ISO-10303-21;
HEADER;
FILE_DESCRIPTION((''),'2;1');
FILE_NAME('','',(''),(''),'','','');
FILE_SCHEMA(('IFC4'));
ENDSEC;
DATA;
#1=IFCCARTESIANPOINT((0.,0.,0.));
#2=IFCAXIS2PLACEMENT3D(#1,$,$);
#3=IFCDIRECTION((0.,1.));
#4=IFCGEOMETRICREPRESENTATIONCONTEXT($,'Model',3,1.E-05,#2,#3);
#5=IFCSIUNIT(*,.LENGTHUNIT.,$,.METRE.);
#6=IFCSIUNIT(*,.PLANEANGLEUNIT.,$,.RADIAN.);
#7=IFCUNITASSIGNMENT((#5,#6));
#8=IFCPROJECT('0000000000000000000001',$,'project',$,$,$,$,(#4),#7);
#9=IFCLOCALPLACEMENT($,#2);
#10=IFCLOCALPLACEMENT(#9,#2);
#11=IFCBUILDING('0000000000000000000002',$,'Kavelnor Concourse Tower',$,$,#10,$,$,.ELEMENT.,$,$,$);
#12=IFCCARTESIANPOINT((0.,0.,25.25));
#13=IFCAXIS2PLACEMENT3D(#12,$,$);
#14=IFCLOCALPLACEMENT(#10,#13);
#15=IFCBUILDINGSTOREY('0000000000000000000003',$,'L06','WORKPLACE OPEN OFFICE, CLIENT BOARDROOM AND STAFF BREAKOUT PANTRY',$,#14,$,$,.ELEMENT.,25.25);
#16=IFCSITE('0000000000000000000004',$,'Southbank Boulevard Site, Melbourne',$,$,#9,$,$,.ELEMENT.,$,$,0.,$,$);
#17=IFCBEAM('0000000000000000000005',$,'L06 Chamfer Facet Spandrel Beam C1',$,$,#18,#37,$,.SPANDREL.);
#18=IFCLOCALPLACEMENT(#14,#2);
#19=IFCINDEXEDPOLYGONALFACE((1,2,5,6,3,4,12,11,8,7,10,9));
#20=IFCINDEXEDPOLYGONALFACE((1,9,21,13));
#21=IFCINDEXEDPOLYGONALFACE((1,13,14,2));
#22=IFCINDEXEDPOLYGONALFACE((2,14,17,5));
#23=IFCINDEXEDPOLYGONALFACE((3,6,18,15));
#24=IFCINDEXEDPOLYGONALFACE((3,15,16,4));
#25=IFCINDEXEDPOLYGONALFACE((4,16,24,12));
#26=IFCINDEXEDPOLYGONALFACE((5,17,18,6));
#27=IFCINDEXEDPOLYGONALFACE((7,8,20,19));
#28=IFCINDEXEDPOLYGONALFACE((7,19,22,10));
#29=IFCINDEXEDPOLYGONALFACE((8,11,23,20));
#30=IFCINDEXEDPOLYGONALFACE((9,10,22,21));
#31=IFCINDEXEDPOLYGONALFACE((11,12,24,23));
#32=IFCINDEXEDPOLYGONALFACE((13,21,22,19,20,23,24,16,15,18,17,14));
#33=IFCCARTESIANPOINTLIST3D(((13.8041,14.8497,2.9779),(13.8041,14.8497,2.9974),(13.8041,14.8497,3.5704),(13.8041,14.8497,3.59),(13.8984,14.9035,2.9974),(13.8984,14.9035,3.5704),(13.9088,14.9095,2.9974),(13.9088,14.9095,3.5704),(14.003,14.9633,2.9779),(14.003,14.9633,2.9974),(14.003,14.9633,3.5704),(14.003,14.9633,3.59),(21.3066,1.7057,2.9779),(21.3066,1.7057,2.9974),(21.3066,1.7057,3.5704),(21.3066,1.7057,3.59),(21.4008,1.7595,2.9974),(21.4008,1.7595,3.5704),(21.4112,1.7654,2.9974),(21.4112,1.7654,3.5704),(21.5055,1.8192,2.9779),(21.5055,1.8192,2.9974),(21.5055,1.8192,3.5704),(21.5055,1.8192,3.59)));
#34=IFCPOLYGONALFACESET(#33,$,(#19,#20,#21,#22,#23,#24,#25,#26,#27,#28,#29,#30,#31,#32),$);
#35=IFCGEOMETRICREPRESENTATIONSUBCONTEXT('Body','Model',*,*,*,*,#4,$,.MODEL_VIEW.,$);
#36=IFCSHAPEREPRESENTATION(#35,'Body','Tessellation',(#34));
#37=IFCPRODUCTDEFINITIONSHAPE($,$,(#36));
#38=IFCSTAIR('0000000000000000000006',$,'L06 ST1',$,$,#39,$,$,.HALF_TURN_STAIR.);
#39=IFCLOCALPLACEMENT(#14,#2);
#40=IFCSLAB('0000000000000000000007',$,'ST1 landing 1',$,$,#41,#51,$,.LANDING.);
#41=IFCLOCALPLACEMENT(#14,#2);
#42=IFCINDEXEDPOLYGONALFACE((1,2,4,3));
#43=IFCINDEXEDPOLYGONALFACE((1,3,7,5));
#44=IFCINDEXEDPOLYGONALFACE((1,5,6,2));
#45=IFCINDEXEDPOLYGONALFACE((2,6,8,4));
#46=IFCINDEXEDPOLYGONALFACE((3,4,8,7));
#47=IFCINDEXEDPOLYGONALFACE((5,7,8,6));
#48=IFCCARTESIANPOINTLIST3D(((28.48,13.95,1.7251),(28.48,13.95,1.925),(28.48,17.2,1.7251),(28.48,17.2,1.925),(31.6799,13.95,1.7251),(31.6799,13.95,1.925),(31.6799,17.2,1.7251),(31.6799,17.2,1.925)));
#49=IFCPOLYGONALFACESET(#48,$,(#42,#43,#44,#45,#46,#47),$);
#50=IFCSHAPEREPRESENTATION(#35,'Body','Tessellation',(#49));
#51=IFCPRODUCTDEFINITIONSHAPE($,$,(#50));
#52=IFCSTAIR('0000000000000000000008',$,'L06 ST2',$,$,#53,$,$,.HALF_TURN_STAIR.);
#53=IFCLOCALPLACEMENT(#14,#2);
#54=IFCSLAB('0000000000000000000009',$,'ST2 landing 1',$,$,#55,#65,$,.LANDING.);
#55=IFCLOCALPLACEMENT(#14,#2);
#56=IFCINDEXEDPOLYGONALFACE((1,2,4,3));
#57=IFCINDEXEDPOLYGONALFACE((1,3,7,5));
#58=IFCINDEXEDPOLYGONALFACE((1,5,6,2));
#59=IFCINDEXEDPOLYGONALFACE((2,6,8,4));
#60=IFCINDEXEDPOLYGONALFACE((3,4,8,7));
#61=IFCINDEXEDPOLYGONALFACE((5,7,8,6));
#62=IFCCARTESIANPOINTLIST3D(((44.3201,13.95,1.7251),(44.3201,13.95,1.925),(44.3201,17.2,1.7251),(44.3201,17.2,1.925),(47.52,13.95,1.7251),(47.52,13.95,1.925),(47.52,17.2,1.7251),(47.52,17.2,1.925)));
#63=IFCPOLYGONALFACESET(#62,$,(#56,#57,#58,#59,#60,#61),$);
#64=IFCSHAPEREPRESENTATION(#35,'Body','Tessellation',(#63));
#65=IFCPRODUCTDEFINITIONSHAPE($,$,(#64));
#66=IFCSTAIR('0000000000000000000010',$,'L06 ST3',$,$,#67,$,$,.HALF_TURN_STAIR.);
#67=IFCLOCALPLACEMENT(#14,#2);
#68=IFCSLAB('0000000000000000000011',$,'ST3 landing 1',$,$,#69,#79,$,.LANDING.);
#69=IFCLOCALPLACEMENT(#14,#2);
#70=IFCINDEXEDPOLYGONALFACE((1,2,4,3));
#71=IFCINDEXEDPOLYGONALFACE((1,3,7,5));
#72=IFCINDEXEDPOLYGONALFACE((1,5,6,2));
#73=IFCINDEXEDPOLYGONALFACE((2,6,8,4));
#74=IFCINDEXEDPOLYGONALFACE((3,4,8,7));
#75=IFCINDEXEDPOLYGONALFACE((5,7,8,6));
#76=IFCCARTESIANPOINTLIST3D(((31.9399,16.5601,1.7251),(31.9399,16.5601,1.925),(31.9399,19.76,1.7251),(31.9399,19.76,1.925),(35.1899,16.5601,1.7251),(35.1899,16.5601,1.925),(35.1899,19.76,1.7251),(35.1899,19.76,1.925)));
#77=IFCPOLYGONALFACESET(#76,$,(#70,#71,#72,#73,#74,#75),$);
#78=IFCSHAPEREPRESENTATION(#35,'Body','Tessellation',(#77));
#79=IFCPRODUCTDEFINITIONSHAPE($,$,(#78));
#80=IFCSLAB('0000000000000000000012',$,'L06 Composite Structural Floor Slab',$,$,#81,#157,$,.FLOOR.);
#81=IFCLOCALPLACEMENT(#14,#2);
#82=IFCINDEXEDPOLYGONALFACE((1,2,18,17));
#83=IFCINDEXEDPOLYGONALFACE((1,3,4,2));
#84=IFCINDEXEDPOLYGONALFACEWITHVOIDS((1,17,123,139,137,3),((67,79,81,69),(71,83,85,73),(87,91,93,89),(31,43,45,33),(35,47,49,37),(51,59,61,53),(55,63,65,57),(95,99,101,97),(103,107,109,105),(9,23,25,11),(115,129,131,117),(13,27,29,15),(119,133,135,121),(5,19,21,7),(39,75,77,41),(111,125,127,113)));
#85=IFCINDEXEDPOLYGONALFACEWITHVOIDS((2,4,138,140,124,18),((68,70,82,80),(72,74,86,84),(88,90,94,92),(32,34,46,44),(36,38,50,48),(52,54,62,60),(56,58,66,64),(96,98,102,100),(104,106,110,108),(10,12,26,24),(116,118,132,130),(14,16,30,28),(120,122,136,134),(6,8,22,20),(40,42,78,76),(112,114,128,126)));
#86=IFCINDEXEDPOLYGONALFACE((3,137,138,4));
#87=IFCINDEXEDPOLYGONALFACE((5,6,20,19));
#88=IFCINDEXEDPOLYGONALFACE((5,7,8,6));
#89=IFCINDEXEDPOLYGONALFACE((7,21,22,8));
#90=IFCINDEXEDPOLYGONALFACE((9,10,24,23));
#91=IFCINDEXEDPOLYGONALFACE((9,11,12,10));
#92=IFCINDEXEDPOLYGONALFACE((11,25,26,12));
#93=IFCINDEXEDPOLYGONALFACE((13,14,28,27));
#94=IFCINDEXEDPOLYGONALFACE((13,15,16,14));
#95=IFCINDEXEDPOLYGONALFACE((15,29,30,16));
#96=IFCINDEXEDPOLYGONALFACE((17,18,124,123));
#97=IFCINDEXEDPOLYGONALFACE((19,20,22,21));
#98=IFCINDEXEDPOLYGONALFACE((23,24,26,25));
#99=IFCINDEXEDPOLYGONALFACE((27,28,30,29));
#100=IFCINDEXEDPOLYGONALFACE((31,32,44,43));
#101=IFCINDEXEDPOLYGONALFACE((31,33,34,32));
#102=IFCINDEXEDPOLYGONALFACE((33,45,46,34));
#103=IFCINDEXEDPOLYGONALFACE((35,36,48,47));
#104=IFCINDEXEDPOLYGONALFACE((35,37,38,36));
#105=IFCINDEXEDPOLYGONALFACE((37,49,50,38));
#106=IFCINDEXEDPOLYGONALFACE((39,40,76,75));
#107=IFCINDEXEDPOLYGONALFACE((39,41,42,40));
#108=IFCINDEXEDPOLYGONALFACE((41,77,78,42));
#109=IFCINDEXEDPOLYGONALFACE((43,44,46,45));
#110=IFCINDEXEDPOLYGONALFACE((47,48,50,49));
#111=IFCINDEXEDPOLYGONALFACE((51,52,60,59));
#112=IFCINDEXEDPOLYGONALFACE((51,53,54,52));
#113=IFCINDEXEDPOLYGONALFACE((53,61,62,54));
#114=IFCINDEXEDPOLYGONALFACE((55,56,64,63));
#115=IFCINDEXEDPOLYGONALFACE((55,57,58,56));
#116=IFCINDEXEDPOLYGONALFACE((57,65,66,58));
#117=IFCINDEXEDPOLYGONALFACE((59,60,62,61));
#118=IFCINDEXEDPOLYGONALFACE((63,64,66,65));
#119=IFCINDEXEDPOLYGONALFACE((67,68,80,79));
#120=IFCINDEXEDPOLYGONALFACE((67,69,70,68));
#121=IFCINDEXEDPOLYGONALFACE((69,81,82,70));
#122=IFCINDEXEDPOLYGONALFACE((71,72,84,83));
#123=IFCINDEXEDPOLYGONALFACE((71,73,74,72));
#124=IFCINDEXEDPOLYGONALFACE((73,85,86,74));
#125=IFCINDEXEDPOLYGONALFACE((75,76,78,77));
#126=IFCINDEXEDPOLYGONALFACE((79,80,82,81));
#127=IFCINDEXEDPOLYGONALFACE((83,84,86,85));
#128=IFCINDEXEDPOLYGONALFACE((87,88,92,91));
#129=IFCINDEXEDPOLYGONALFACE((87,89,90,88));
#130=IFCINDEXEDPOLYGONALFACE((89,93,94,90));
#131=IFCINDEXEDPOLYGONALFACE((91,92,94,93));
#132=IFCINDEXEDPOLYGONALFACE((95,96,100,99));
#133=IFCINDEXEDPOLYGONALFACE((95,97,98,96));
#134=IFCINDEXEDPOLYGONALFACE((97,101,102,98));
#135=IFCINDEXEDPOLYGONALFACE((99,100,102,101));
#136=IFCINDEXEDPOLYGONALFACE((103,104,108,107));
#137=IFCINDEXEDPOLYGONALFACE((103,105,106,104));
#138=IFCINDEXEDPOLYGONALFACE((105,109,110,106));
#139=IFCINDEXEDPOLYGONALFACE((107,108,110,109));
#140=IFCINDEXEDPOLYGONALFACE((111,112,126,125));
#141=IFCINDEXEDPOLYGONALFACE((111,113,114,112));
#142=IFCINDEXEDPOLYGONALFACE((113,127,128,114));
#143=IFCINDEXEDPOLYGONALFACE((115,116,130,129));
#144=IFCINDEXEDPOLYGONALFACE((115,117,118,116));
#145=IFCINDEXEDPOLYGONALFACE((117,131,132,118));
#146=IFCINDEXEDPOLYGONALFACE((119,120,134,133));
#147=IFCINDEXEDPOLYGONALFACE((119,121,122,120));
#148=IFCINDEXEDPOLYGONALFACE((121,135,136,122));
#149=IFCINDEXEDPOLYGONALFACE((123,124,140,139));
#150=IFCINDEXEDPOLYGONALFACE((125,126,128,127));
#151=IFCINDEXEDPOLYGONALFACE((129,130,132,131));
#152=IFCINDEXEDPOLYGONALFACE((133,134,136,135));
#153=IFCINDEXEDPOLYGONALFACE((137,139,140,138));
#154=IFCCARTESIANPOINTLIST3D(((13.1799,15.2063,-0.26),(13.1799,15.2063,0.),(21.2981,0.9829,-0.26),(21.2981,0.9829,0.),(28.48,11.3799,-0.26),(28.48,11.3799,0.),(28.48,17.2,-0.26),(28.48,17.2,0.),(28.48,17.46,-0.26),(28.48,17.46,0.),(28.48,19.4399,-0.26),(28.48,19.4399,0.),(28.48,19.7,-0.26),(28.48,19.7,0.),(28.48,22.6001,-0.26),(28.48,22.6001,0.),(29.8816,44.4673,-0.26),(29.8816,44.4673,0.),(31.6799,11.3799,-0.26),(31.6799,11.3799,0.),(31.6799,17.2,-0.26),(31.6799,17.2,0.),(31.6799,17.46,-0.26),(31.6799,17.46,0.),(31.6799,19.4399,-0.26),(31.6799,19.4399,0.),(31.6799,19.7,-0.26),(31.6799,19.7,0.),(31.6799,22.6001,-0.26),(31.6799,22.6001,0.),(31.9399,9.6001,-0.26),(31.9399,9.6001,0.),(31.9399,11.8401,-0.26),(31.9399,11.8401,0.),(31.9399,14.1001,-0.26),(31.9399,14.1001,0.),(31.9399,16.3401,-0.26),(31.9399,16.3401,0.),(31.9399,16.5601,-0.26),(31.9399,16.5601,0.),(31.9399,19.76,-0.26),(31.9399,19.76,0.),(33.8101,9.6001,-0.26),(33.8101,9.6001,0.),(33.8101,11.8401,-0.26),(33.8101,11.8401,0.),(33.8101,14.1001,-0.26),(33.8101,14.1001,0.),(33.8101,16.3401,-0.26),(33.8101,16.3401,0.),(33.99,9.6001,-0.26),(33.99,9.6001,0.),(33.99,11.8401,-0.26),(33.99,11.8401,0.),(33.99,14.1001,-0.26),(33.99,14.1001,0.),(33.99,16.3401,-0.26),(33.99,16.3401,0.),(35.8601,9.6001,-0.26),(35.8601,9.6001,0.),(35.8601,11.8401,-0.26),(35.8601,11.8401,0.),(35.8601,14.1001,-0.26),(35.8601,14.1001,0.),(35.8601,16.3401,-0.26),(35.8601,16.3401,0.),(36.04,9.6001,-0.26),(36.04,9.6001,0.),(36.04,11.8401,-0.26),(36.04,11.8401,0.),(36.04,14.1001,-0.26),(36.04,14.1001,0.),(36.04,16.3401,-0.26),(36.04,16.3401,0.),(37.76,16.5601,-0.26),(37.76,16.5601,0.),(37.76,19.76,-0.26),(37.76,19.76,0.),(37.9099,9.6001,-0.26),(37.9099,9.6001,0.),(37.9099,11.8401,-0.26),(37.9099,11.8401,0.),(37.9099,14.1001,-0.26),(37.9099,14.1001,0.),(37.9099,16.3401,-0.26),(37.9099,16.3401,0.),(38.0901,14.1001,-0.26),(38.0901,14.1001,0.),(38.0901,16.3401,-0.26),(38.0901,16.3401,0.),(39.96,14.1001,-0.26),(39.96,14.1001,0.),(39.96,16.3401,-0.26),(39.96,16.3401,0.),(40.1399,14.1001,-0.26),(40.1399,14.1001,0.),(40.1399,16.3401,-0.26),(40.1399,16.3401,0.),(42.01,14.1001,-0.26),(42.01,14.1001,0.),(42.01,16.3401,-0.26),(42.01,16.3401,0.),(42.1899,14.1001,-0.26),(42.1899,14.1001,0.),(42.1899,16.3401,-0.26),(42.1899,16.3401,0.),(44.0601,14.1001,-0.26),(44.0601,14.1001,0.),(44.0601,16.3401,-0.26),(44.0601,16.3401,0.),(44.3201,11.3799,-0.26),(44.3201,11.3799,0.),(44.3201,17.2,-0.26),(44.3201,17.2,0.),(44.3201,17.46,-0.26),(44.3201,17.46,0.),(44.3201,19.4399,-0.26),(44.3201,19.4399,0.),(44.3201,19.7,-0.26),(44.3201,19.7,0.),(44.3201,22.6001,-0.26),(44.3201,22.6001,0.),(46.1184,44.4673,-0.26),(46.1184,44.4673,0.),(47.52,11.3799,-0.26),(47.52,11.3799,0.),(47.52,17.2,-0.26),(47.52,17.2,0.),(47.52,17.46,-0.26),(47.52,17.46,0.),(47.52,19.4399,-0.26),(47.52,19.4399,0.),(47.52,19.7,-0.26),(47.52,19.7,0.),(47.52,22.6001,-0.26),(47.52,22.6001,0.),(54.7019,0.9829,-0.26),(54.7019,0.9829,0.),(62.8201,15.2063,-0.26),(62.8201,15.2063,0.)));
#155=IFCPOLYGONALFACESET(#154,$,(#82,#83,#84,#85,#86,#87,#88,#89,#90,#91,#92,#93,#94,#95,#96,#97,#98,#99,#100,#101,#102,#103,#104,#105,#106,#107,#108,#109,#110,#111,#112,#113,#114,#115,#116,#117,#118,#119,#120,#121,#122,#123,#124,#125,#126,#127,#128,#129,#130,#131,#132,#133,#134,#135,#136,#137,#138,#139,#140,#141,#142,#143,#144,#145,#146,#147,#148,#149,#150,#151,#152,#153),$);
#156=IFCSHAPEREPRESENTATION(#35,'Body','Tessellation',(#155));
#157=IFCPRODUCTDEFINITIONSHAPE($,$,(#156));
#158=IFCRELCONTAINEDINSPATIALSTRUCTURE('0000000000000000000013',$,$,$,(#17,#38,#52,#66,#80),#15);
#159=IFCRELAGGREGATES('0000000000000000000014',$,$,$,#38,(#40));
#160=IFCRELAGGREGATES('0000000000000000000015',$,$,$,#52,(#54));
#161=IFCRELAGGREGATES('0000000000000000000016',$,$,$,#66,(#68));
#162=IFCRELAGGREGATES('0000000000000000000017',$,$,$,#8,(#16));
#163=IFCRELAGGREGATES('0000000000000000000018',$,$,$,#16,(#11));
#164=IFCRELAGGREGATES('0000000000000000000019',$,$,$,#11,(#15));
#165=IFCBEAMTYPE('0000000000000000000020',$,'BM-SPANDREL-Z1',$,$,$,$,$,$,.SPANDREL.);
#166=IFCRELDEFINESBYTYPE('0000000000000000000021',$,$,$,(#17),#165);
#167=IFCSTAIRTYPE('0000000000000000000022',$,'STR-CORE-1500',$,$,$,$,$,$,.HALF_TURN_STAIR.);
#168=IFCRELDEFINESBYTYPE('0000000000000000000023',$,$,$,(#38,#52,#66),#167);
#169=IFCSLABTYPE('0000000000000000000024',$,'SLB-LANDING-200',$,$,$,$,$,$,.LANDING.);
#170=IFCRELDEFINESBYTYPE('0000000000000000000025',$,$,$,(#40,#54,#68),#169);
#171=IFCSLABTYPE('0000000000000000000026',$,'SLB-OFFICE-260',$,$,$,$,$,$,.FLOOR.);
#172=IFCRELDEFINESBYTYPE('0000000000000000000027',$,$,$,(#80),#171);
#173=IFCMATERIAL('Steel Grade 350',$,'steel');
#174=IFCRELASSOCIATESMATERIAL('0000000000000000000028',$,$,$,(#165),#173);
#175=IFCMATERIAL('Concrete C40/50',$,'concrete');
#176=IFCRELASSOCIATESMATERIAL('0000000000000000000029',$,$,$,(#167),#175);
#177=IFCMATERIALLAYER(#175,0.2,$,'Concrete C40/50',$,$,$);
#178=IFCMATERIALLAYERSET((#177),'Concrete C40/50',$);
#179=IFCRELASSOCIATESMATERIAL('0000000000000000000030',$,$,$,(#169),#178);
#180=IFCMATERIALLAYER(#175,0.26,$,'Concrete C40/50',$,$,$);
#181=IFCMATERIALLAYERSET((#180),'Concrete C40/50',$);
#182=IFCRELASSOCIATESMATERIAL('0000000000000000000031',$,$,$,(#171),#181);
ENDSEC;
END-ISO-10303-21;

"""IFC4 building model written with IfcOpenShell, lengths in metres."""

from ifc_helpers import new_model, si_unit, direction, frame, origin, origin_2d, place, context, subcontext, project, spatial, polyline, i_section, outline, extrude, material, layer, layer_set, material_profile, profile_set, type_object, element, aggregate, save


model = new_model("IFC4")

# Units and contexts
model_context = context("Model", 3, precision=1e-05, world=origin(), true_north=direction((0.0, 1.0)))
body_context = subcontext(model_context, "Body", "Model", "MODEL_VIEW")
ifc_project = project(units=[si_unit("LENGTHUNIT", "METRE"), si_unit("PLANEANGLEUNIT", "RADIAN")], contexts=[model_context])

# Site, building, storey
site_placement = place(None, origin())
site = spatial("IfcSite", under=ifc_project, at=site_placement, Name="Southbank Boulevard Site, Melbourne", CompositionType="ELEMENT", RefElevation=0.0)
building_placement = place(site_placement, origin())
building = spatial("IfcBuilding", under=site, at=building_placement, Name="Kavelnor Concourse Tower", CompositionType="ELEMENT")
storey_placement = place(building_placement, frame((0.0, 0.0, 25.25)))
storey = spatial("IfcBuildingStorey", under=building, at=storey_placement, Name="L06", Description="WORKPLACE OPEN OFFICE, CLIENT BOARDROOM AND STAFF BREAKOUT PANTRY", CompositionType="ELEMENT", Elevation=25.25)

# Beam
ifc_material_1 = material(Name="Steel Grade 350", Category="steel")
ifc_material_profile = material_profile(ifc_material_1, i_section(OverallWidth=0.229, OverallDepth=0.6121, WebThickness=0.012, FlangeThickness=0.0195, at=origin_2d()), Name="610UB125")
ifc_profile_set = profile_set([ifc_material_profile], Name="Steel Grade 350")
beam_type = type_object("IfcBeamType", Name="BM-SPANDREL-Z1", PredefinedType="SPANDREL", material=ifc_profile_set)
beam_placement = place(storey_placement, frame((13.9036, 14.9065, 3.2839), z_axis=(0.495718, -0.868483, 0.0), x_axis=(0.868483, 0.495718, 0.0)))
element("IfcBeam", 1, at=beam_placement, inside=storey, type_object=beam_type, Name="L06 Chamfer Facet Spandrel Beam C1", PredefinedType="SPANDREL", context=body_context, shape_type="SweptSolid", body=[
    extrude(i_section(OverallWidth=0.229, OverallDepth=0.6121, WebThickness=0.012, FlangeThickness=0.0195, at=origin_2d()), origin(), (0.0, 0.0, 1.0), 15.1345),
])

# Stairs, slabs
ifc_material_2 = material(Name="Concrete C40/50", Category="concrete")
stair_type = type_object("IfcStairType", Name="STR-CORE-1500", PredefinedType="HALF_TURN_STAIR", material=ifc_material_2)
stair_1_placement = place(storey_placement, origin())
stair_1 = element("IfcStair", 2, at=stair_1_placement, inside=storey, type_object=stair_type, Name="L06 ST1", PredefinedType="HALF_TURN_STAIR")
ifc_layer_1 = layer(ifc_material_2, 0.2, Name="Concrete C40/50")
ifc_layer_set_1 = layer_set([ifc_layer_1], Name="Concrete C40/50")
slab_type_1 = type_object("IfcSlabType", Name="SLB-LANDING-200", PredefinedType="LANDING", material=ifc_layer_set_1)
slab_1_placement = place(storey_placement, frame((0.0, 0.0, 1.7251)))
slab_1 = element("IfcSlab", 3, at=slab_1_placement, type_object=slab_type_1, Name="ST1 landing 1", PredefinedType="LANDING", context=body_context, shape_type="SweptSolid", body=[
    extrude(outline(polyline([(31.6799, 13.95), (31.6799, 17.2), (28.48, 17.2), (28.48, 13.95), (31.6799, 13.95)])), origin(), (0.0, 0.0, 1.0), 0.2),
])
aggregate(stair_1, [slab_1])
stair_2_placement = place(storey_placement, origin())
stair_2 = element("IfcStair", 4, at=stair_2_placement, inside=storey, type_object=stair_type, Name="L06 ST2", PredefinedType="HALF_TURN_STAIR")
slab_2_placement = place(storey_placement, frame((0.0, 0.0, 1.7251)))
slab_2 = element("IfcSlab", 5, at=slab_2_placement, type_object=slab_type_1, Name="ST2 landing 1", PredefinedType="LANDING", context=body_context, shape_type="SweptSolid", body=[
    extrude(outline(polyline([(47.52, 13.95), (47.52, 17.2), (44.3201, 17.2), (44.3201, 13.95), (47.52, 13.95)])), origin(), (0.0, 0.0, 1.0), 0.2),
])
aggregate(stair_2, [slab_2])
stair_3_placement = place(storey_placement, origin())
stair_3 = element("IfcStair", 6, at=stair_3_placement, inside=storey, type_object=stair_type, Name="L06 ST3", PredefinedType="HALF_TURN_STAIR")
slab_3_placement = place(storey_placement, frame((0.0, 0.0, 1.7251)))
slab_3 = element("IfcSlab", 7, at=slab_3_placement, type_object=slab_type_1, Name="ST3 landing 1", PredefinedType="LANDING", context=body_context, shape_type="SweptSolid", body=[
    extrude(outline(polyline([(35.1899, 19.76), (31.9399, 19.76), (31.9399, 16.5601), (35.1899, 16.5601), (35.1899, 19.76)])), origin(), (0.0, 0.0, 1.0), 0.2),
])
aggregate(stair_3, [slab_3])

# Slab
ifc_layer_2 = layer(ifc_material_2, 0.26, Name="Concrete C40/50")
ifc_layer_set_2 = layer_set([ifc_layer_2], Name="Concrete C40/50")
slab_type_2 = type_object("IfcSlabType", Name="SLB-OFFICE-260", PredefinedType="FLOOR", material=ifc_layer_set_2)
slab_4_placement = place(storey_placement, frame((0.0, 0.0, -0.26)))
element("IfcSlab", 8, at=slab_4_placement, inside=storey, type_object=slab_type_2, Name="L06 Composite Structural Floor Slab", PredefinedType="FLOOR", context=body_context, shape_type="SweptSolid", body=[
    extrude(outline(polyline([(46.1184, 44.4673), (29.8816, 44.4673), (13.1799, 15.2063), (21.2981, 0.9829), (54.7019, 0.9829), (62.8201, 15.2063), (46.1184, 44.4673)]), holes=[polyline([(28.48, 11.3799), (31.6799, 11.3799), (31.6799, 17.2), (28.48, 17.2), (28.48, 11.3799)]), polyline([(44.3201, 11.3799), (47.52, 11.3799), (47.52, 17.2), (44.3201, 17.2), (44.3201, 11.3799)]), polyline([(31.9399, 16.5601), (37.76, 16.5601), (37.76, 19.76), (31.9399, 19.76), (31.9399, 16.5601)]), polyline([(28.48, 19.7), (31.6799, 19.7), (31.6799, 22.6001), (28.48, 22.6001), (28.48, 19.7)]), polyline([(44.3201, 19.7), (47.52, 19.7), (47.52, 22.6001), (44.3201, 22.6001), (44.3201, 19.7)]), polyline([(31.9399, 14.1001), (33.8101, 14.1001), (33.8101, 16.3401), (31.9399, 16.3401), (31.9399, 14.1001)]), polyline([(33.99, 14.1001), (35.8601, 14.1001), (35.8601, 16.3401), (33.99, 16.3401), (33.99, 14.1001)]), polyline([(36.04, 14.1001), (37.9099, 14.1001), (37.9099, 16.3401), (36.04, 16.3401), (36.04, 14.1001)]), polyline([(38.0901, 14.1001), (39.96, 14.1001), (39.96, 16.3401), (38.0901, 16.3401), (38.0901, 14.1001)]), polyline([(40.1399, 14.1001), (42.01, 14.1001), (42.01, 16.3401), (40.1399, 16.3401), (40.1399, 14.1001)]), polyline([(42.1899, 14.1001), (44.0601, 14.1001), (44.0601, 16.3401), (42.1899, 16.3401), (42.1899, 14.1001)]), polyline([(31.9399, 9.6001), (33.8101, 9.6001), (33.8101, 11.8401), (31.9399, 11.8401), (31.9399, 9.6001)]), polyline([(33.99, 9.6001), (35.8601, 9.6001), (35.8601, 11.8401), (33.99, 11.8401), (33.99, 9.6001)]), polyline([(36.04, 9.6001), (37.9099, 9.6001), (37.9099, 11.8401), (36.04, 11.8401), (36.04, 9.6001)]), polyline([(28.48, 17.46), (31.6799, 17.46), (31.6799, 19.4399), (28.48, 19.4399), (28.48, 17.46)]), polyline([(44.3201, 17.46), (47.52, 17.46), (47.52, 19.4399), (44.3201, 19.4399), (44.3201, 17.46)])]), origin(), (0.0, 0.0, 1.0), 0.26),
])

save(model, "model.ifc")
